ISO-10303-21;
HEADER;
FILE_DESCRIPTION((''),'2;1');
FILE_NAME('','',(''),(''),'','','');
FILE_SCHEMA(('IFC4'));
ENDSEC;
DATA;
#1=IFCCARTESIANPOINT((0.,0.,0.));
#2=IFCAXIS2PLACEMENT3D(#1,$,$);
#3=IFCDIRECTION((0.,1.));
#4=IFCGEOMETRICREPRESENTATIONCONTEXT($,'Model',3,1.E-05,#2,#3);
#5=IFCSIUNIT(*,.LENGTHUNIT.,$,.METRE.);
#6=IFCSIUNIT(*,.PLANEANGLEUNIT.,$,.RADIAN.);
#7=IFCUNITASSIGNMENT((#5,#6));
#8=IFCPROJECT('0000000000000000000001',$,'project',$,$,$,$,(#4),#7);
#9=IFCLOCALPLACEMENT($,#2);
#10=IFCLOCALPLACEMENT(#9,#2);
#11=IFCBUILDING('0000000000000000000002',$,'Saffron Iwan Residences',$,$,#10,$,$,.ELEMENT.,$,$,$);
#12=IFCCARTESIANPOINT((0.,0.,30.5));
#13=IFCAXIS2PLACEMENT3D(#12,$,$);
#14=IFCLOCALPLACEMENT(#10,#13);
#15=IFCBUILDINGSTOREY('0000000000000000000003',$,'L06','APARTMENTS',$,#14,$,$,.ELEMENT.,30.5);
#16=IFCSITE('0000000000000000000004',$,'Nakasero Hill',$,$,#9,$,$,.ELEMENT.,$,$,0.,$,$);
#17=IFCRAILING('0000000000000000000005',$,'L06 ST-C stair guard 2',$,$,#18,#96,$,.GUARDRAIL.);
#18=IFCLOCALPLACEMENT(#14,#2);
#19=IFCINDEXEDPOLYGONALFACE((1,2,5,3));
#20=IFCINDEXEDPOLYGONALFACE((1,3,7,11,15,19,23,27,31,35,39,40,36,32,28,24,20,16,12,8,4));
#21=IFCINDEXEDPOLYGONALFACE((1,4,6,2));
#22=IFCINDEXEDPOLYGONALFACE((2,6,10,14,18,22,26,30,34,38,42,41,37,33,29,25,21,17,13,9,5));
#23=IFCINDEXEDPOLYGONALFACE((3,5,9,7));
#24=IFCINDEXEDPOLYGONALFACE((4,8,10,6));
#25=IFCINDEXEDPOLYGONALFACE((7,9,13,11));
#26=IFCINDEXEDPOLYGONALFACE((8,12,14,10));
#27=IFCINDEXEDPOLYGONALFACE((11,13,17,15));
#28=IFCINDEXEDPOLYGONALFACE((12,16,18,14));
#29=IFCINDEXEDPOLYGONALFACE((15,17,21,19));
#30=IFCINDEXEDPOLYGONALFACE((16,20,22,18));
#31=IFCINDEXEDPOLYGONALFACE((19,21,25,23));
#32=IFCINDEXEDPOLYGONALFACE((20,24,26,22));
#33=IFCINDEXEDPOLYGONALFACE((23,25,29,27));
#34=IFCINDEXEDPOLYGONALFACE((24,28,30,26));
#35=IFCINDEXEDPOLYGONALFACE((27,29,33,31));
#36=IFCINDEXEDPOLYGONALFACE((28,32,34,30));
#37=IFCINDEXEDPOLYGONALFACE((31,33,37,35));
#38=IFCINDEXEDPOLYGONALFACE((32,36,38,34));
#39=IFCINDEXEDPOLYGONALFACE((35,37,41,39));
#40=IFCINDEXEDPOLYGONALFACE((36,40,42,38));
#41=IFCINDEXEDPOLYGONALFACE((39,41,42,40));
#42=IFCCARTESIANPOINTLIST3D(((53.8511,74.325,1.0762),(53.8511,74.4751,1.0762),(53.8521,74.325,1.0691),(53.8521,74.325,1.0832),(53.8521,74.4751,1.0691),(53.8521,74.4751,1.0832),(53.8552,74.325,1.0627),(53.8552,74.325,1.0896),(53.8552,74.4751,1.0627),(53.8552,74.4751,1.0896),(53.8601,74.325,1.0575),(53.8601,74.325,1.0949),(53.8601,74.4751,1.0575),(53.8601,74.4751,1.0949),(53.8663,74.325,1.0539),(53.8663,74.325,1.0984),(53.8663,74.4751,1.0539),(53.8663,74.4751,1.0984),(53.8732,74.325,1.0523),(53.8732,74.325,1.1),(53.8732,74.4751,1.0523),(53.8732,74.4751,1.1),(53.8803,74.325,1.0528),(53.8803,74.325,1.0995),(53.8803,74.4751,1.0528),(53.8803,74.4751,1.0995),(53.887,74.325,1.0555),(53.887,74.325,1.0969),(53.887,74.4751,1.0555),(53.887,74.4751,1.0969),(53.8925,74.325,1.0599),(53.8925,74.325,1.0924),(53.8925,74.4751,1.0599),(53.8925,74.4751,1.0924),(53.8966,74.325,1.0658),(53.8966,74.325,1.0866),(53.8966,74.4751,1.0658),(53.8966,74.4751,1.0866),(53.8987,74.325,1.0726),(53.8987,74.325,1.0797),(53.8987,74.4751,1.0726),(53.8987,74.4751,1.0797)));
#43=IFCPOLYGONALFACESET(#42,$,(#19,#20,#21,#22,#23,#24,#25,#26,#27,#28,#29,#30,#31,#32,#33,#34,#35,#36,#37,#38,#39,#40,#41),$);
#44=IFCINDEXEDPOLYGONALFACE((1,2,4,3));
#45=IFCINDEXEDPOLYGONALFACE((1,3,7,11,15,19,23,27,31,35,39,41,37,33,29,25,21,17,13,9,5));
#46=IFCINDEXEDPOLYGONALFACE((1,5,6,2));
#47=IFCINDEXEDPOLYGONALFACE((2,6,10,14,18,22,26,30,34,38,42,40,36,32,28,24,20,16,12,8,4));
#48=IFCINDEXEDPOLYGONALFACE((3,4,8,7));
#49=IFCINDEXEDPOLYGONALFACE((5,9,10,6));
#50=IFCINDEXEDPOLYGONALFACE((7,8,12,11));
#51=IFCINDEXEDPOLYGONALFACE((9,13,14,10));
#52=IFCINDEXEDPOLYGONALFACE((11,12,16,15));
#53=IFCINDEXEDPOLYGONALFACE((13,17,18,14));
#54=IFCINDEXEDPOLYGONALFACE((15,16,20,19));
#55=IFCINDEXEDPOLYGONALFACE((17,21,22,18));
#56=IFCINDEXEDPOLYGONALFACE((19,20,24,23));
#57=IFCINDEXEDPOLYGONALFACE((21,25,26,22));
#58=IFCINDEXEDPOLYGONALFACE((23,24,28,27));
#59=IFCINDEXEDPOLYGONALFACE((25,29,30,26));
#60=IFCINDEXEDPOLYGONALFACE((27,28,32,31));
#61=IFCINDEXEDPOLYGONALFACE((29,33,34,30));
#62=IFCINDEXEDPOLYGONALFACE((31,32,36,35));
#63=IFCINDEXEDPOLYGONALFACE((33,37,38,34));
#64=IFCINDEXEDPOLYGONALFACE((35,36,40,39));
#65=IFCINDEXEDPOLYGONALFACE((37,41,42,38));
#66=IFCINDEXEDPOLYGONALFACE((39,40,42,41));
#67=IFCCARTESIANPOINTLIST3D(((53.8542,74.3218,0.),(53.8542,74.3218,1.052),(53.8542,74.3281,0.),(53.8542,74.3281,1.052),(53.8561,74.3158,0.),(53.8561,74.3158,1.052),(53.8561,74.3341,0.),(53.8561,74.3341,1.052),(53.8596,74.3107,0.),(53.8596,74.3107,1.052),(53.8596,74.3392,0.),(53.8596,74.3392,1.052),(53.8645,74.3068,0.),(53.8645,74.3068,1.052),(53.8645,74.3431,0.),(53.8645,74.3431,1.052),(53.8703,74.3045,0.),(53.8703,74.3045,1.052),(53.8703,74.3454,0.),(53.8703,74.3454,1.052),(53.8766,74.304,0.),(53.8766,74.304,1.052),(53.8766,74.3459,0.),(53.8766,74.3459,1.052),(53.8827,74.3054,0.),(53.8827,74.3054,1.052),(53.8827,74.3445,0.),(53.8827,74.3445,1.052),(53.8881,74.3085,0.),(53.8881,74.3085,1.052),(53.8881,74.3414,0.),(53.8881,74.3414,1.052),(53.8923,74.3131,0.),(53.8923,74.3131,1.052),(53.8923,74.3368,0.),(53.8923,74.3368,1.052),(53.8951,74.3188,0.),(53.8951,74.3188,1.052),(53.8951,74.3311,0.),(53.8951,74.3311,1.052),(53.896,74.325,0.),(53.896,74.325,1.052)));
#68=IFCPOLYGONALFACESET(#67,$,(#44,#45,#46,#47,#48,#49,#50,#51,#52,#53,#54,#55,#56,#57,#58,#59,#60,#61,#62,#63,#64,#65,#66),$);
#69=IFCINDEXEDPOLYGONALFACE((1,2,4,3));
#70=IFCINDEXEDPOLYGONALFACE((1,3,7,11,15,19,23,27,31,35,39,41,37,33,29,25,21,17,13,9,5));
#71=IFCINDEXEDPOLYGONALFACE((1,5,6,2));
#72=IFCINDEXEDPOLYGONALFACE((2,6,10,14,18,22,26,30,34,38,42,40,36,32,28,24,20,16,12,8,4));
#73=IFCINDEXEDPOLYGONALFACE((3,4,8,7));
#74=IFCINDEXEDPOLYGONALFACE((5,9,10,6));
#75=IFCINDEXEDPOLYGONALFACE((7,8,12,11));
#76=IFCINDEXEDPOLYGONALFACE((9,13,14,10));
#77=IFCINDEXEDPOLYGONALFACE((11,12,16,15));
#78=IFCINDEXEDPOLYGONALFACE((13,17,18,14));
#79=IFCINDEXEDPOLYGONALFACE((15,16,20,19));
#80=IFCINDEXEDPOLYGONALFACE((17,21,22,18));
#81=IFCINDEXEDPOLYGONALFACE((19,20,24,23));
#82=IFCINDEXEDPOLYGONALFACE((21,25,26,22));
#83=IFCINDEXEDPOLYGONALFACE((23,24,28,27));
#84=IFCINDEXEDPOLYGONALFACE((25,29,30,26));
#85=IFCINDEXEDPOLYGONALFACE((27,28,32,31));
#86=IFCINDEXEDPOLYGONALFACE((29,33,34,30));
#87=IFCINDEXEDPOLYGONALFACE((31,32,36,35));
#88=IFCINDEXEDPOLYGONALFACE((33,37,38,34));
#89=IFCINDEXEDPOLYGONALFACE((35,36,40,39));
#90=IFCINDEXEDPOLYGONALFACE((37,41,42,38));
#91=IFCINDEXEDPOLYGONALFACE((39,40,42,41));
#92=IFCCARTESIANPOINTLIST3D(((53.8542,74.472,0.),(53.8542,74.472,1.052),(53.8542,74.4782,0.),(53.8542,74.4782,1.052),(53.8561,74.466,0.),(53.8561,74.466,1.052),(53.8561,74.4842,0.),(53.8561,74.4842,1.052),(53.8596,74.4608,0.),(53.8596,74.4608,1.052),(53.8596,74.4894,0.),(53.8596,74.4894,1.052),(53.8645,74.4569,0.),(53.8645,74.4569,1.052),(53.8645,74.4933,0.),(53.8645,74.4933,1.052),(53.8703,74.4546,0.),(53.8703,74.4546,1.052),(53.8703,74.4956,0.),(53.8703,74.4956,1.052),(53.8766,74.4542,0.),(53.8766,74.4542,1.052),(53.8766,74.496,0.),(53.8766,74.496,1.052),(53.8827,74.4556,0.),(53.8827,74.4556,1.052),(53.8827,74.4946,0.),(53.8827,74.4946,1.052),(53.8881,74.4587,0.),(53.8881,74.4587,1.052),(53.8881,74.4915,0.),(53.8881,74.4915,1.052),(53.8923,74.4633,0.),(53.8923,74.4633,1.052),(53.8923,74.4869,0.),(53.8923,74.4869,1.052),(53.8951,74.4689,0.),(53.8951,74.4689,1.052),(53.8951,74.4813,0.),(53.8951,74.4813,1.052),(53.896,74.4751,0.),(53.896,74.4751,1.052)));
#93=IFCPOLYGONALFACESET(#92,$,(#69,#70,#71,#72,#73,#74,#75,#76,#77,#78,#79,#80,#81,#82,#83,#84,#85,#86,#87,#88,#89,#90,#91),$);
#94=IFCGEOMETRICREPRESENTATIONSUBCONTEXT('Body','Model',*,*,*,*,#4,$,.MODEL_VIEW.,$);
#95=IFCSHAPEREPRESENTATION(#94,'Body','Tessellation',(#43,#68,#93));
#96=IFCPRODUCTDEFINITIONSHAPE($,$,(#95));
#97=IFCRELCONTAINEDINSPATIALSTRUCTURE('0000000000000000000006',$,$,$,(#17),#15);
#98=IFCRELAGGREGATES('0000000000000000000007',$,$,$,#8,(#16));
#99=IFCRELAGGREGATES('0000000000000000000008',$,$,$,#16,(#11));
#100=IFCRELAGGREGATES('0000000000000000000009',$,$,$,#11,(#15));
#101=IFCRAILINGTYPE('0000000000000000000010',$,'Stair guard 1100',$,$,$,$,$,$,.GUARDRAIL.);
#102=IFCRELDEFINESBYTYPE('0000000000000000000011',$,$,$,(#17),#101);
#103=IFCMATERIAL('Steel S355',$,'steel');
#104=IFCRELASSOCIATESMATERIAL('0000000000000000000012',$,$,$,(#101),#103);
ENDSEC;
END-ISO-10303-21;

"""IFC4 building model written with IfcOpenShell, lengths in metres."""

from ifc_helpers import new_model, si_unit, direction, frame, origin, origin_2d, place, context, subcontext, project, spatial, circle, extrude, material, type_object, element, save


model = new_model("IFC4")

# Units and contexts
model_context = context("Model", 3, precision=1e-05, world=origin(), true_north=direction((0.0, 1.0)))
body_context = subcontext(model_context, "Body", "Model", "MODEL_VIEW")
ifc_project = project(units=[si_unit("LENGTHUNIT", "METRE"), si_unit("PLANEANGLEUNIT", "RADIAN")], contexts=[model_context])

# Site, building, storey
site_placement = place(None, origin())
site = spatial("IfcSite", under=ifc_project, at=site_placement, Name="Nakasero Hill", CompositionType="ELEMENT", RefElevation=0.0)
building_placement = place(site_placement, origin())
building = spatial("IfcBuilding", under=site, at=building_placement, Name="Saffron Iwan Residences", CompositionType="ELEMENT")
storey_placement = place(building_placement, frame((0.0, 0.0, 30.5)))
storey = spatial("IfcBuildingStorey", under=building, at=storey_placement, Name="L06", Description="APARTMENTS", CompositionType="ELEMENT", Elevation=30.5)

# Railing
ifc_material_1 = material(Name="Steel S355", Category="steel")
railing_type_1 = type_object("IfcRailingType", Name="Stair guard 1100", PredefinedType="GUARDRAIL", material=ifc_material_1)
railing_1_placement = place(storey_placement, frame((53.875, 74.325, 0.0)))
element("IfcRailing", 1, at=railing_1_placement, inside=storey, type_object=railing_type_1, Name="L06 ST-C stair guard 2", PredefinedType="GUARDRAIL", context=body_context, shape_type="SweptSolid", body=[
    extrude(circle(Radius=0.0239, at=origin_2d()), frame((0.0, 0.0, 1.0762), z_axis=(0.0, 1.0, 0.0), x_axis=(-1.0, 0.0, 0.0)), (0.0, 0.0, 1.0), 0.1501),
    extrude(circle(Radius=0.021, at=origin_2d()), origin(), (0.0, 0.0, 1.0), 1.052),
    extrude(circle(Radius=0.021, at=origin_2d()), frame((0.0, 0.1501, 0.0)), (0.0, 0.0, 1.0), 1.052),
])

save(model, "model.ifc")
